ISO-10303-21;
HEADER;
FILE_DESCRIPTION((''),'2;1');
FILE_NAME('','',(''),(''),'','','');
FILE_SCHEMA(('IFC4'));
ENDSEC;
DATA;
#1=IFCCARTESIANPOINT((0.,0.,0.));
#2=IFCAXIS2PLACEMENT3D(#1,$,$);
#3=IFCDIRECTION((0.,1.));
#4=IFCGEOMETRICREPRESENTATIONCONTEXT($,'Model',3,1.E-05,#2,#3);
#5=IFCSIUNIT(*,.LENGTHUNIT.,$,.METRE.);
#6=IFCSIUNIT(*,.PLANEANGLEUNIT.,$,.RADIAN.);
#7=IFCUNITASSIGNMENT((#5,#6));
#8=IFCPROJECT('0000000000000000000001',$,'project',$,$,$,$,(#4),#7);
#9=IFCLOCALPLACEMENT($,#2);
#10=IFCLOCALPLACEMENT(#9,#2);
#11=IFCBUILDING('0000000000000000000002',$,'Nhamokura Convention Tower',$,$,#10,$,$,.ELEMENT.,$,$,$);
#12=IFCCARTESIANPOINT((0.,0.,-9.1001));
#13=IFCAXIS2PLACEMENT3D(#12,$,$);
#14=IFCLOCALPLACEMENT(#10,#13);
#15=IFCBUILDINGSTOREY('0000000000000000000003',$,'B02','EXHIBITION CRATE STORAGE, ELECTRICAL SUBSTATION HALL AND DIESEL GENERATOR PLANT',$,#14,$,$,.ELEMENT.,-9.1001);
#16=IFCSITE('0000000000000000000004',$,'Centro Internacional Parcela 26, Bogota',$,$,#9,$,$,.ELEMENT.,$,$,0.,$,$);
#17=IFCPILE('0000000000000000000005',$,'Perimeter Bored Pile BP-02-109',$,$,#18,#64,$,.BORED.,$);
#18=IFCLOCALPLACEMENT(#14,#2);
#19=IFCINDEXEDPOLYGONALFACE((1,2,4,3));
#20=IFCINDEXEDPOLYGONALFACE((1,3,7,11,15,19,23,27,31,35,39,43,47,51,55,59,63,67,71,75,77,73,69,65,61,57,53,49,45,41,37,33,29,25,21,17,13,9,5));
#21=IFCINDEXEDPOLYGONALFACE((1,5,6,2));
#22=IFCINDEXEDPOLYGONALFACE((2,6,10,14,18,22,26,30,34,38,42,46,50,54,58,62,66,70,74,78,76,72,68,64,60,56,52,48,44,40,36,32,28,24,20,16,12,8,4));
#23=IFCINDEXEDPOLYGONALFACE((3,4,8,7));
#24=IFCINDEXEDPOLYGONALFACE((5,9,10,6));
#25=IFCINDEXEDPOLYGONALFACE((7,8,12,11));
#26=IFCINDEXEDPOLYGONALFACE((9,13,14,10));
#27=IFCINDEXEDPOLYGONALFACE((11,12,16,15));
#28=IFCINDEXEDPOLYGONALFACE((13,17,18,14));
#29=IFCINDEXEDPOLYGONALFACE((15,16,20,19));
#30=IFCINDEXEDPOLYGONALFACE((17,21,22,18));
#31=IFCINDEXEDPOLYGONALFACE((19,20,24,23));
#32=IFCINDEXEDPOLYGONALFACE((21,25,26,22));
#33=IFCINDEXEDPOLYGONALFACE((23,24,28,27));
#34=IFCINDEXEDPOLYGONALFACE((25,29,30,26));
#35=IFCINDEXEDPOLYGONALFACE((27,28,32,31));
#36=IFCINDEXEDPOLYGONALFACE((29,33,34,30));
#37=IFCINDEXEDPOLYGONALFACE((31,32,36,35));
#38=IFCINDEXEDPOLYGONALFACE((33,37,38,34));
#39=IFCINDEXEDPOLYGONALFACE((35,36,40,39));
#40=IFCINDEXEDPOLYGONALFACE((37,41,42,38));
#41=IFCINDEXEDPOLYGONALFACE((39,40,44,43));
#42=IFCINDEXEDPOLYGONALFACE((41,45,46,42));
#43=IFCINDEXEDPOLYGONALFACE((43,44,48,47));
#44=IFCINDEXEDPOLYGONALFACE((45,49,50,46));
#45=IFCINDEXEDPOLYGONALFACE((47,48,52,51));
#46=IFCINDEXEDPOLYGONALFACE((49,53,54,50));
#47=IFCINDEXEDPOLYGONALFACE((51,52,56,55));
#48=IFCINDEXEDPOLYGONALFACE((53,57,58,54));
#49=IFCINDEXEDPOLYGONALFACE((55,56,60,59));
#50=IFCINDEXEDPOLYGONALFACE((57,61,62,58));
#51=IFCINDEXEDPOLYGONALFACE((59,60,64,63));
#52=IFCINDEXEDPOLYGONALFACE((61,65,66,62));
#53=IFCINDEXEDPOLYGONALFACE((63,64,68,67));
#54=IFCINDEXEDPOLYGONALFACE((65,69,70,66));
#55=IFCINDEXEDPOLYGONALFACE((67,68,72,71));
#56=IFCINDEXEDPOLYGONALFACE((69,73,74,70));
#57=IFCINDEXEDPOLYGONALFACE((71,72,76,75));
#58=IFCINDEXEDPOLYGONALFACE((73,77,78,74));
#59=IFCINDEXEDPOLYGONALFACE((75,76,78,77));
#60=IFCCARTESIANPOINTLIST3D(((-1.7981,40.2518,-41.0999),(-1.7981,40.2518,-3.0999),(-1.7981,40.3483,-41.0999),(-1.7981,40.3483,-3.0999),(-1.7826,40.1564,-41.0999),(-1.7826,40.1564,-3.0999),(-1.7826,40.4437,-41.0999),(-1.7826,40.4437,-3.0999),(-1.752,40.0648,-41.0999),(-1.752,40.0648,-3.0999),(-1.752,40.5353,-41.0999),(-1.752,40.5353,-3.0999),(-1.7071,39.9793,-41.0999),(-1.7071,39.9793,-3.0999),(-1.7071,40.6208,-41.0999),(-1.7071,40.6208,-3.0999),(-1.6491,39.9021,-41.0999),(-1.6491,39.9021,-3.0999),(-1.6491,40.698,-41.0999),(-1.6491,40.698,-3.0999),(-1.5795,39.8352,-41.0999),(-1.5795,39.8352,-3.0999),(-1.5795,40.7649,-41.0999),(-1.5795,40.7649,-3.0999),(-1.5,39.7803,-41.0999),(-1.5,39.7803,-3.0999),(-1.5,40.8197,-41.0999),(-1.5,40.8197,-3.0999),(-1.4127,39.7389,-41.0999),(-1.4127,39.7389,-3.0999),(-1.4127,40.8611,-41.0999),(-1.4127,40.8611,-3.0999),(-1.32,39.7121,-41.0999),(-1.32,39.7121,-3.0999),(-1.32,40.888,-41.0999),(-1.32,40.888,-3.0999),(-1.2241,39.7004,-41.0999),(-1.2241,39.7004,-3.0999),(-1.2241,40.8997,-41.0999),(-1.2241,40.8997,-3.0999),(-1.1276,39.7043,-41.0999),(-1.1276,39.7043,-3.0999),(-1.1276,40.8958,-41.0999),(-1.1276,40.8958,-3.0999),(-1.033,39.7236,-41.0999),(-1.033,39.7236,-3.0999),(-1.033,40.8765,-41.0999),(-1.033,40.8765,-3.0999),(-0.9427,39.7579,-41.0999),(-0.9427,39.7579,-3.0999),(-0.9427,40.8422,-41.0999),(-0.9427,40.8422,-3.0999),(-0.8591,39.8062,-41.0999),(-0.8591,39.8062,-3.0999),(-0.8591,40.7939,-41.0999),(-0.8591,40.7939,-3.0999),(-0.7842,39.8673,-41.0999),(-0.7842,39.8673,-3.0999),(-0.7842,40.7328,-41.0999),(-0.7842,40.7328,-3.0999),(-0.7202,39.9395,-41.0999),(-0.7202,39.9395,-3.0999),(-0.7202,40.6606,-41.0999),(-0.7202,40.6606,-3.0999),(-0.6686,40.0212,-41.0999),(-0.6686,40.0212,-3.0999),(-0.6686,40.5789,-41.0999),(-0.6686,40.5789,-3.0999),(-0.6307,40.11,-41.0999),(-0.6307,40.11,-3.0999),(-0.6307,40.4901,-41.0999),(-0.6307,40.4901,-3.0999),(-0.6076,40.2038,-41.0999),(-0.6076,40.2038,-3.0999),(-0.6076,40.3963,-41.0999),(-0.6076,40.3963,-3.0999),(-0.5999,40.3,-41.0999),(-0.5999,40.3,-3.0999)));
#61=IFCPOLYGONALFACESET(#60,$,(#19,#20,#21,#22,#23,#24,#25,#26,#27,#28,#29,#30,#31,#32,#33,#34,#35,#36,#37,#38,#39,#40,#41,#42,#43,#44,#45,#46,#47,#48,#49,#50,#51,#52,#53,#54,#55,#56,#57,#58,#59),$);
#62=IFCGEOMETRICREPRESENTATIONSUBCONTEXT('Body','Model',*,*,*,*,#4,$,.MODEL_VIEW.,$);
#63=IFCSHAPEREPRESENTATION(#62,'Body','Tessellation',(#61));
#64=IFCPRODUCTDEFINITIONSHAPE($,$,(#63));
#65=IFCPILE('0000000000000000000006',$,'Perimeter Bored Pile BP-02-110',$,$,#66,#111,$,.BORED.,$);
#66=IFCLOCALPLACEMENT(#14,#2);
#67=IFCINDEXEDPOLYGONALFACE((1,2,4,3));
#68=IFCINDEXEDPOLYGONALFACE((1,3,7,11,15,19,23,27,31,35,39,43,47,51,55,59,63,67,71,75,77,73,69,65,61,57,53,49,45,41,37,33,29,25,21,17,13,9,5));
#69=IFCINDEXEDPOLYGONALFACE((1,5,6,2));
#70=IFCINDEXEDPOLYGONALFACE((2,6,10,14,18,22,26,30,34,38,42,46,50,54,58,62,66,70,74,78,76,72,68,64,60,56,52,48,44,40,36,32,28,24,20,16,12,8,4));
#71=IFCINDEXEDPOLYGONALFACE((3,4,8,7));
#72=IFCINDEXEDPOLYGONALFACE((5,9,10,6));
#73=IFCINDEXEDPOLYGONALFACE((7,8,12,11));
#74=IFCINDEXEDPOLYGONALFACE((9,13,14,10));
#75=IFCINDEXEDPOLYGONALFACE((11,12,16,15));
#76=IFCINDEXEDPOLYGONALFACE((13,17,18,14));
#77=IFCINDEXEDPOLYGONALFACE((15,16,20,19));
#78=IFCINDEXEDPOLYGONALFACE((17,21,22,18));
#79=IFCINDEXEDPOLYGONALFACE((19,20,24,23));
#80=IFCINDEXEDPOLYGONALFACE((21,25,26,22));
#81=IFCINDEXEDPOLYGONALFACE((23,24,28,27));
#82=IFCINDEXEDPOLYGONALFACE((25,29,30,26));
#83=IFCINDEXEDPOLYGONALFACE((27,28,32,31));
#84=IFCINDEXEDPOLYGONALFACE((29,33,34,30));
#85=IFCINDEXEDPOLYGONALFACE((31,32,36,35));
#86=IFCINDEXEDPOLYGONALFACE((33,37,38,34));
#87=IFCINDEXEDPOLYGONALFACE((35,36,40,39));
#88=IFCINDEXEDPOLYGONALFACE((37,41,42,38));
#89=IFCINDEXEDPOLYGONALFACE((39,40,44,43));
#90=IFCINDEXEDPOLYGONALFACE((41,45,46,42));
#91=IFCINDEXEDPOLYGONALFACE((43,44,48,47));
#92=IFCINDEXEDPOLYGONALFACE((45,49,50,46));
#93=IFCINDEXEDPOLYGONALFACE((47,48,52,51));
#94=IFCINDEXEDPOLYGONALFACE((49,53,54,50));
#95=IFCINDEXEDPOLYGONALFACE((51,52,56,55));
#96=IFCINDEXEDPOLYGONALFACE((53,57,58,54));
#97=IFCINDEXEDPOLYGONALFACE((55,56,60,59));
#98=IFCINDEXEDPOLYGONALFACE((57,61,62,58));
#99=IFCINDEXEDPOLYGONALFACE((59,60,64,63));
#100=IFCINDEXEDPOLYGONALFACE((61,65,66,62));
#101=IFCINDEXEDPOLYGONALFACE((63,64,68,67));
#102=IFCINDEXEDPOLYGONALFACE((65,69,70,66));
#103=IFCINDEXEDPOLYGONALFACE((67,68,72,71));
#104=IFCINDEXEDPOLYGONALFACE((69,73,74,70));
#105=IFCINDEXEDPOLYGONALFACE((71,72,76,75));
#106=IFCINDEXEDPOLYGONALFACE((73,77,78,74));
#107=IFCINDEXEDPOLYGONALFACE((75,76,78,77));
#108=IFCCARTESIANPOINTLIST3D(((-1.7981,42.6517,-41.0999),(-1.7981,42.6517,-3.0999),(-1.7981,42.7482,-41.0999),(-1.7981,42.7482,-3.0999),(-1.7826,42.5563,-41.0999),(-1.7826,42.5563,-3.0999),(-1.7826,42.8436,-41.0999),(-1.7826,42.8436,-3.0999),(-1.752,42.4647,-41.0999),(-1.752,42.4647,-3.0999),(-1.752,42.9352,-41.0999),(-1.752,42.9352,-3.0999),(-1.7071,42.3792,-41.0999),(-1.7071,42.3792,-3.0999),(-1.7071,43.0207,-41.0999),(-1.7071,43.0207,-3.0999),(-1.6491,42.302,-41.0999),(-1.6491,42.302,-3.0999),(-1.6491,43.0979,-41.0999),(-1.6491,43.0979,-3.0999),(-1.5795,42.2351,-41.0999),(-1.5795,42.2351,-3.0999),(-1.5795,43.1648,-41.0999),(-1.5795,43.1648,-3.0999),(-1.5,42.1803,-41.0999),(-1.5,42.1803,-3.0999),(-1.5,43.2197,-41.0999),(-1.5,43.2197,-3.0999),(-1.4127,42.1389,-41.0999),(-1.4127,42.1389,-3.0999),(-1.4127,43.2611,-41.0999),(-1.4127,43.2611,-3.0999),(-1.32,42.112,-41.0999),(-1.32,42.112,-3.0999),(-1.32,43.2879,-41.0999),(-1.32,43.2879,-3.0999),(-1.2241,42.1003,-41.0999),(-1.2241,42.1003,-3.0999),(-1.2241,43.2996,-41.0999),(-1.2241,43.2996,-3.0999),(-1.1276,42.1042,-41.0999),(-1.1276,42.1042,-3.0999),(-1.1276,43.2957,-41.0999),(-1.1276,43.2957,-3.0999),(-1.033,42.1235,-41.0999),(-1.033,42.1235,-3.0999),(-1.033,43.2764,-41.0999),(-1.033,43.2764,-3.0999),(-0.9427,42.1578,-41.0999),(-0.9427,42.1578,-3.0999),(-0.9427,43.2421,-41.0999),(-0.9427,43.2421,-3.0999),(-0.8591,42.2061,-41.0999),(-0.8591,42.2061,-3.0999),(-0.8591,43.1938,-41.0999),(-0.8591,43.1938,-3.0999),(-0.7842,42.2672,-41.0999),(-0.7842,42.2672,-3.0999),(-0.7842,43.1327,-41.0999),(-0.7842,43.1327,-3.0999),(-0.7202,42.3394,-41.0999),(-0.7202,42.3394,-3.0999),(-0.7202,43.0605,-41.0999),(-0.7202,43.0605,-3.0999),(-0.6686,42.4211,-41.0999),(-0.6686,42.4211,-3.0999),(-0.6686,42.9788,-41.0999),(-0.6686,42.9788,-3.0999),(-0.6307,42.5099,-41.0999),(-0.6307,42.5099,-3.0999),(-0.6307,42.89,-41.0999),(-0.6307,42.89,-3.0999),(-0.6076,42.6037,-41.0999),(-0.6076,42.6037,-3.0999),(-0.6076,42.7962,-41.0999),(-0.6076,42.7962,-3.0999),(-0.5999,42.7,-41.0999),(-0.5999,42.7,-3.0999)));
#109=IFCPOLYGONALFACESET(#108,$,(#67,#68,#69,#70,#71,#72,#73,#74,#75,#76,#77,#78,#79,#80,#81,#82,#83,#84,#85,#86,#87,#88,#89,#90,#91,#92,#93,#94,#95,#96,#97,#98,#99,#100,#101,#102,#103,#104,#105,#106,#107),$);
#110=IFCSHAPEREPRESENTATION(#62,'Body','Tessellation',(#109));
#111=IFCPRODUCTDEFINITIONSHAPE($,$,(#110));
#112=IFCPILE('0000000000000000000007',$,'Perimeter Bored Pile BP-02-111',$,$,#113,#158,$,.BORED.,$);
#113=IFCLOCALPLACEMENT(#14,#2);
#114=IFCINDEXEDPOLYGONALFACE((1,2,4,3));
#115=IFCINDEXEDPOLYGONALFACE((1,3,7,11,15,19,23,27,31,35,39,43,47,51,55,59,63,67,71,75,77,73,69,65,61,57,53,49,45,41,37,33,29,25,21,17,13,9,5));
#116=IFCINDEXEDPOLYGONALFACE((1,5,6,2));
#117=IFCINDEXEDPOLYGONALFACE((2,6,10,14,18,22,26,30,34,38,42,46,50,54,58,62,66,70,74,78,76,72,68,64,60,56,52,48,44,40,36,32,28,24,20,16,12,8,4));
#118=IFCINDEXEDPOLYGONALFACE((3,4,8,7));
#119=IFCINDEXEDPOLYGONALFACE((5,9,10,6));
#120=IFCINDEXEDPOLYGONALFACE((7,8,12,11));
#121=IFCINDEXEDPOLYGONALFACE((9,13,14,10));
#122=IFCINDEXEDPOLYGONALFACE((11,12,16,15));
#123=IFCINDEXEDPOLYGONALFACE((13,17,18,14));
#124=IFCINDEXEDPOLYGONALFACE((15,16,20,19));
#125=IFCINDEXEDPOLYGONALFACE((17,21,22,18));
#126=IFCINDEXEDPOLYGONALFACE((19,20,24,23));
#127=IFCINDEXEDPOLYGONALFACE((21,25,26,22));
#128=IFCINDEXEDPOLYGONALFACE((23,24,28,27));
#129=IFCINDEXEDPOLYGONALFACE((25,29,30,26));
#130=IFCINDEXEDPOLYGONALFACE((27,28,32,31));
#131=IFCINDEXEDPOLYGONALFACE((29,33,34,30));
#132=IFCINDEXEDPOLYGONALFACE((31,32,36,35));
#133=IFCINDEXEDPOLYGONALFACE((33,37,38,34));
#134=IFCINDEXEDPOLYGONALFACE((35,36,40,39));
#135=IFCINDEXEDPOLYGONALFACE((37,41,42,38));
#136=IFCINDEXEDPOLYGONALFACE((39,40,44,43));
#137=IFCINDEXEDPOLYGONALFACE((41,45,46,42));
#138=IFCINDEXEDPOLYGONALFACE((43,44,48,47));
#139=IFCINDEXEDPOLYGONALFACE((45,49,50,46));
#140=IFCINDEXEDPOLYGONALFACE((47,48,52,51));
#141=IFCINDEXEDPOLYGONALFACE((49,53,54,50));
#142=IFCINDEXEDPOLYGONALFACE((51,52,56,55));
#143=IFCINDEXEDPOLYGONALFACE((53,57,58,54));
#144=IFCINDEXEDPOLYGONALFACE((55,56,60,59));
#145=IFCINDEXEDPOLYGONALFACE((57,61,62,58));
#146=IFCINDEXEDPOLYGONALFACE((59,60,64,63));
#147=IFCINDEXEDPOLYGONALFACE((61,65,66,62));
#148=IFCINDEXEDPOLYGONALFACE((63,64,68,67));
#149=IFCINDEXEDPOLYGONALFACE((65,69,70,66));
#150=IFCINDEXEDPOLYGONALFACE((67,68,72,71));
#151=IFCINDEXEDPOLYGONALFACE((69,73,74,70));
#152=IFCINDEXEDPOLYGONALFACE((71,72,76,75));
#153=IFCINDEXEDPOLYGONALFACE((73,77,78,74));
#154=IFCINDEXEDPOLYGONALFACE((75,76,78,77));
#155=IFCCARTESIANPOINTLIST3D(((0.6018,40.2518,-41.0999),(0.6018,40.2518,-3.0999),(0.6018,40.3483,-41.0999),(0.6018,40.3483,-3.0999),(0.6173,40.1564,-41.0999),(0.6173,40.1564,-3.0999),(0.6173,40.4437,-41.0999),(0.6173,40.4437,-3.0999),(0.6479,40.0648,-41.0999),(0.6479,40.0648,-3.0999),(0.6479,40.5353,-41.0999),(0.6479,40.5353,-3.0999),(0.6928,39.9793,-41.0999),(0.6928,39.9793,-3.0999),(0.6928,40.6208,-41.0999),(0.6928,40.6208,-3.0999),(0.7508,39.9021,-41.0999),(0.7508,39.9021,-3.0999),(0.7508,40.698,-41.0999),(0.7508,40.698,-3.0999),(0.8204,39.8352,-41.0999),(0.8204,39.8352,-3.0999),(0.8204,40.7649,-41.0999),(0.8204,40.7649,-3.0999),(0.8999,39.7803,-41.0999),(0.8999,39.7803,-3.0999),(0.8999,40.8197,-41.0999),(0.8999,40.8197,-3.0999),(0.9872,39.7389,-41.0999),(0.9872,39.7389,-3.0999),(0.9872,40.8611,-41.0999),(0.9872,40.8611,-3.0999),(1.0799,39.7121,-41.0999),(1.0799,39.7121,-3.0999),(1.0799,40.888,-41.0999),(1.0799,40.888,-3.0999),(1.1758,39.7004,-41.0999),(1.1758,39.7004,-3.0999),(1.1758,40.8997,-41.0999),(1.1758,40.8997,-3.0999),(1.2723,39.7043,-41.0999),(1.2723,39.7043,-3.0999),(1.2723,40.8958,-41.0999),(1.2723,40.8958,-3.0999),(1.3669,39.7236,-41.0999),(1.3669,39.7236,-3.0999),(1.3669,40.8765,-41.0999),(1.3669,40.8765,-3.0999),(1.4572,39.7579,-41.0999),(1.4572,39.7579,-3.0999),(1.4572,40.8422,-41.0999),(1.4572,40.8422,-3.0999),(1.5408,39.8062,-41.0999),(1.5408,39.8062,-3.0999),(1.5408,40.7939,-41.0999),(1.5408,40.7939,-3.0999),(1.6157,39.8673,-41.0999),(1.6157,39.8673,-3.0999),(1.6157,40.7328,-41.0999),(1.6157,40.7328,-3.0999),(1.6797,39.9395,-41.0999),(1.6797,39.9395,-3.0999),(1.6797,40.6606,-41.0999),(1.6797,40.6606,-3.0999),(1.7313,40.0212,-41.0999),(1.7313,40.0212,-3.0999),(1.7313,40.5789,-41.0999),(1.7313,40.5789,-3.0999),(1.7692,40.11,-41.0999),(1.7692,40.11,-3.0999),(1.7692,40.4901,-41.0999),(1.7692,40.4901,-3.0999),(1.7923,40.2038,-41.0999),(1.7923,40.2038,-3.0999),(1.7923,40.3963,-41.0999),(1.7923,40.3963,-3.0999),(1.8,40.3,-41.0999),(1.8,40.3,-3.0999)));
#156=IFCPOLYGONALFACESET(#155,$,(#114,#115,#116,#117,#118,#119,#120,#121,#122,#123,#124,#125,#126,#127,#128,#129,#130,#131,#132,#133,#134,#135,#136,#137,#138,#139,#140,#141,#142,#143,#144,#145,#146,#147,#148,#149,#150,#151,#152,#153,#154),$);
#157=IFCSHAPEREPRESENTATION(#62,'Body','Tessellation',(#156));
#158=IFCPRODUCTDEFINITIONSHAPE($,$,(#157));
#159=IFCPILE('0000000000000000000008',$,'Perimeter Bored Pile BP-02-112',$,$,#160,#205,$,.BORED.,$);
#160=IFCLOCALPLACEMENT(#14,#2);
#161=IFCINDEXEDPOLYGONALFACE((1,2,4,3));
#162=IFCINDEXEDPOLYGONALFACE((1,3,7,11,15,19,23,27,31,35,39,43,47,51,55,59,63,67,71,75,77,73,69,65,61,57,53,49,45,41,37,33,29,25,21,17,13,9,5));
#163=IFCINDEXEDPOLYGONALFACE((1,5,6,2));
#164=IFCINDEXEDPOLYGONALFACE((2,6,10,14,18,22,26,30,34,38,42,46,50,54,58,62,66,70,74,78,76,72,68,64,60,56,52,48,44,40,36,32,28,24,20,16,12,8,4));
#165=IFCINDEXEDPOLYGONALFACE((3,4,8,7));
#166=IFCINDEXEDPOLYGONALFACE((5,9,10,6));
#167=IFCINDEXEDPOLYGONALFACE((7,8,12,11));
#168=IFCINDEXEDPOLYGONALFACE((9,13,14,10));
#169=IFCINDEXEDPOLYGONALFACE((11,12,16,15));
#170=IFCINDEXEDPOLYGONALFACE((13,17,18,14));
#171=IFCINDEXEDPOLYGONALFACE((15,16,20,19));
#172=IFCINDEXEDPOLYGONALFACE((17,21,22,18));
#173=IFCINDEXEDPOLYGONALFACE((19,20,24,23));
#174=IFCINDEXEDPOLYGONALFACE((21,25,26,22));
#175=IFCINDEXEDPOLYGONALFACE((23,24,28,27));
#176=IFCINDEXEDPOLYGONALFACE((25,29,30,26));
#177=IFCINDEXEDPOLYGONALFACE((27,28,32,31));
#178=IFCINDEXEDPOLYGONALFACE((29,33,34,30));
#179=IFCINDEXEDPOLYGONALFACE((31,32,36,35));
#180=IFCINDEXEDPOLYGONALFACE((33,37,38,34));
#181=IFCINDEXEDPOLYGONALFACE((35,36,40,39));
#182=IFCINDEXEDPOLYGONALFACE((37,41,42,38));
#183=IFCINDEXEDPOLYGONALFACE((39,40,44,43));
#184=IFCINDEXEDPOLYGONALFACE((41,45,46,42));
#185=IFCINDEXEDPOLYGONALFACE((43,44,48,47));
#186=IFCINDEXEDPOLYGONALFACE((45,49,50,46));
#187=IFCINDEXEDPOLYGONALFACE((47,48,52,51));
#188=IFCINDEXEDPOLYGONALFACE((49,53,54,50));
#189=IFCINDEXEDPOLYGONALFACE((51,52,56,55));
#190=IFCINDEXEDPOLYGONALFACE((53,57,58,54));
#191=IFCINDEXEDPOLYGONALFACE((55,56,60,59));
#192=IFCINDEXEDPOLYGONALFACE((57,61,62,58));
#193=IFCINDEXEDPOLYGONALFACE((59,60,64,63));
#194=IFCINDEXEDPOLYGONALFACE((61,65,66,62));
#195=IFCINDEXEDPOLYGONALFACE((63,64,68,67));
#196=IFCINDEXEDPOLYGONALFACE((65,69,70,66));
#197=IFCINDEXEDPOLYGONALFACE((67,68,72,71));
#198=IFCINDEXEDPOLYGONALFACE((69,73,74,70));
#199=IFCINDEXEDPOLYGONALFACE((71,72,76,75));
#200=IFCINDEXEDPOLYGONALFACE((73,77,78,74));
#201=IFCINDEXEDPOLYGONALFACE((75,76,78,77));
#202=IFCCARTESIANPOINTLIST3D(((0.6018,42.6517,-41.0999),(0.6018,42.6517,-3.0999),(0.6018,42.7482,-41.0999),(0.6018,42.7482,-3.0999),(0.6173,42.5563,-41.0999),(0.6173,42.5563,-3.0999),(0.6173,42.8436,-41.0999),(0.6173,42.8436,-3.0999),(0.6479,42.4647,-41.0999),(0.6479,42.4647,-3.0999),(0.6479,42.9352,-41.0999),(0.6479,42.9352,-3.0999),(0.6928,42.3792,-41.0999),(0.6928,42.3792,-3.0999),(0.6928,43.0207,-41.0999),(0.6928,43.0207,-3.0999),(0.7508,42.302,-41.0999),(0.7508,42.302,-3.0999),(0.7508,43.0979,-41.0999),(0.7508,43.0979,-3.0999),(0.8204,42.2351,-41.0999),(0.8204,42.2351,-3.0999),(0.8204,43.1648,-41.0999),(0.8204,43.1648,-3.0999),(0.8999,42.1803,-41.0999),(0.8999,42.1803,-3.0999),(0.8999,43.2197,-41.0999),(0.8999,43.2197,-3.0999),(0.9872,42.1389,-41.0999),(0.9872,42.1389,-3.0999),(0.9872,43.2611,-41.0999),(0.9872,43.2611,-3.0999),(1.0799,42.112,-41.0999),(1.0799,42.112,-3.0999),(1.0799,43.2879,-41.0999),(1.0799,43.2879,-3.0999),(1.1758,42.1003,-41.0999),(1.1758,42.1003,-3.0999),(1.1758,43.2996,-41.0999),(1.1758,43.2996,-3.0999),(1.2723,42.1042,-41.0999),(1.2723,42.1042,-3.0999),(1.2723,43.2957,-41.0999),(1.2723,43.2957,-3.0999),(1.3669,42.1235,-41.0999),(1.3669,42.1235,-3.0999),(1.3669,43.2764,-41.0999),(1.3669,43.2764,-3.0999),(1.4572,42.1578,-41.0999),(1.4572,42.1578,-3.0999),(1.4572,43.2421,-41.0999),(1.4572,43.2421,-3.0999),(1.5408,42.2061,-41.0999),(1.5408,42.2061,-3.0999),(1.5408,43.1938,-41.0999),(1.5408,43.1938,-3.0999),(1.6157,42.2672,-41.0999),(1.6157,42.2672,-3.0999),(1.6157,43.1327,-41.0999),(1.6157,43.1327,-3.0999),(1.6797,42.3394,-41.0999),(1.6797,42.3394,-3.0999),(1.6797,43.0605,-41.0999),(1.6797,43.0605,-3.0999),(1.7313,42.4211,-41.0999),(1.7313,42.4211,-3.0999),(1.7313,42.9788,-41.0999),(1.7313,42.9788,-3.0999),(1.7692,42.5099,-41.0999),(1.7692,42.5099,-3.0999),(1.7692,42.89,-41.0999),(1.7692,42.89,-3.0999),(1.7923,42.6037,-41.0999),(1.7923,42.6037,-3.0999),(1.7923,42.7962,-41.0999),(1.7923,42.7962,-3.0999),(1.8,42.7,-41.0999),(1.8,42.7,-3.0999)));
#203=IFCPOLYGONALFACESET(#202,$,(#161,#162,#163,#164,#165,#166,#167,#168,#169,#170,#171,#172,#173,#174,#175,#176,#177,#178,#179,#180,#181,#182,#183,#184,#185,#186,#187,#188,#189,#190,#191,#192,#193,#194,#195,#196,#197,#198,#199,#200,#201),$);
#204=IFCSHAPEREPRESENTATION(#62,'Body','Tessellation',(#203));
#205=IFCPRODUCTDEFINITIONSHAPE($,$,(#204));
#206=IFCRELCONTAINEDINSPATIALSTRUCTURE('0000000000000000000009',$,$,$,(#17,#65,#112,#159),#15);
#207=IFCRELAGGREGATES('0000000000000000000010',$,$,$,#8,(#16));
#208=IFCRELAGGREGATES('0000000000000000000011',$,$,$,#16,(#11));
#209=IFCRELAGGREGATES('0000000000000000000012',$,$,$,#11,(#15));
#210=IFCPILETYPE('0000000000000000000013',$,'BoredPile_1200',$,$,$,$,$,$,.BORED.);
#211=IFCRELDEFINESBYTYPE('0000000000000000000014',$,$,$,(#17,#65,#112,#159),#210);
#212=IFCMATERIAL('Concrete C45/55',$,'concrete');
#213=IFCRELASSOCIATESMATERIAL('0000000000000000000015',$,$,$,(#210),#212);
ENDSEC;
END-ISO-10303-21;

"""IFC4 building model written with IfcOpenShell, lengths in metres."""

from ifc_helpers import new_model, si_unit, direction, frame, origin, origin_2d, place, context, subcontext, project, spatial, circle, extrude, material, material_profile, profile_set, type_object, element, save


model = new_model("IFC4")

# Units and contexts
model_context = context("Model", 3, precision=1e-05, world=origin(), true_north=direction((0.0, 1.0)))
body_context = subcontext(model_context, "Body", "Model", "MODEL_VIEW")
ifc_project = project(units=[si_unit("LENGTHUNIT", "METRE"), si_unit("PLANEANGLEUNIT", "RADIAN")], contexts=[model_context])

# Site, building, storey
site_placement = place(None, origin())
site = spatial("IfcSite", under=ifc_project, at=site_placement, Name="Centro Internacional Parcela 26, Bogota", CompositionType="ELEMENT", RefElevation=0.0)
building_placement = place(site_placement, origin())
building = spatial("IfcBuilding", under=site, at=building_placement, Name="Nhamokura Convention Tower", CompositionType="ELEMENT")
storey_placement = place(building_placement, frame((0.0, 0.0, -9.1001)))
storey = spatial("IfcBuildingStorey", under=building, at=storey_placement, Name="B02", Description="EXHIBITION CRATE STORAGE, ELECTRICAL SUBSTATION HALL AND DIESEL GENERATOR PLANT", CompositionType="ELEMENT", Elevation=-9.1001)

# Piles
ifc_material_1 = material(Name="Concrete C45/55", Category="concrete")
ifc_material_profile_1 = material_profile(ifc_material_1, circle(Radius=0.6001, at=origin_2d()))
ifc_profile_set_1 = profile_set([ifc_material_profile_1], Name="Concrete C45/55")
pile_type = type_object("IfcPileType", Name="BoredPile_1200", PredefinedType="BORED", material=ifc_profile_set_1)
for number, where, z_axis, x_axis, name in (
    (1, (-1.2, 40.3, -3.0999), (0.0, 0.0, -1.0), (1.0, 0.0, 0.0), "Perimeter Bored Pile BP-02-109"),
    (2, (-1.2, 42.7, -3.0999), (0.0, 0.0, -1.0), (1.0, 0.0, 0.0), "Perimeter Bored Pile BP-02-110"),
    (3, (1.2, 40.3, -3.0999), (0.0, 0.0, -1.0), (1.0, 0.0, 0.0), "Perimeter Bored Pile BP-02-111"),
    (4, (1.2, 42.7, -3.0999), (0.0, 0.0, -1.0), (1.0, 0.0, 0.0), "Perimeter Bored Pile BP-02-112"),
):
    element("IfcPile", number, at=place(storey_placement, frame(where, z_axis=z_axis, x_axis=x_axis)), inside=storey, type_object=pile_type, Name=name, PredefinedType="BORED", context=body_context, shape_type="SweptSolid", body=[
        extrude(circle(Radius=0.6001, at=origin_2d()), origin(), (0.0, 0.0, 1.0), 38.0),
    ])

save(model, "model.ifc")
